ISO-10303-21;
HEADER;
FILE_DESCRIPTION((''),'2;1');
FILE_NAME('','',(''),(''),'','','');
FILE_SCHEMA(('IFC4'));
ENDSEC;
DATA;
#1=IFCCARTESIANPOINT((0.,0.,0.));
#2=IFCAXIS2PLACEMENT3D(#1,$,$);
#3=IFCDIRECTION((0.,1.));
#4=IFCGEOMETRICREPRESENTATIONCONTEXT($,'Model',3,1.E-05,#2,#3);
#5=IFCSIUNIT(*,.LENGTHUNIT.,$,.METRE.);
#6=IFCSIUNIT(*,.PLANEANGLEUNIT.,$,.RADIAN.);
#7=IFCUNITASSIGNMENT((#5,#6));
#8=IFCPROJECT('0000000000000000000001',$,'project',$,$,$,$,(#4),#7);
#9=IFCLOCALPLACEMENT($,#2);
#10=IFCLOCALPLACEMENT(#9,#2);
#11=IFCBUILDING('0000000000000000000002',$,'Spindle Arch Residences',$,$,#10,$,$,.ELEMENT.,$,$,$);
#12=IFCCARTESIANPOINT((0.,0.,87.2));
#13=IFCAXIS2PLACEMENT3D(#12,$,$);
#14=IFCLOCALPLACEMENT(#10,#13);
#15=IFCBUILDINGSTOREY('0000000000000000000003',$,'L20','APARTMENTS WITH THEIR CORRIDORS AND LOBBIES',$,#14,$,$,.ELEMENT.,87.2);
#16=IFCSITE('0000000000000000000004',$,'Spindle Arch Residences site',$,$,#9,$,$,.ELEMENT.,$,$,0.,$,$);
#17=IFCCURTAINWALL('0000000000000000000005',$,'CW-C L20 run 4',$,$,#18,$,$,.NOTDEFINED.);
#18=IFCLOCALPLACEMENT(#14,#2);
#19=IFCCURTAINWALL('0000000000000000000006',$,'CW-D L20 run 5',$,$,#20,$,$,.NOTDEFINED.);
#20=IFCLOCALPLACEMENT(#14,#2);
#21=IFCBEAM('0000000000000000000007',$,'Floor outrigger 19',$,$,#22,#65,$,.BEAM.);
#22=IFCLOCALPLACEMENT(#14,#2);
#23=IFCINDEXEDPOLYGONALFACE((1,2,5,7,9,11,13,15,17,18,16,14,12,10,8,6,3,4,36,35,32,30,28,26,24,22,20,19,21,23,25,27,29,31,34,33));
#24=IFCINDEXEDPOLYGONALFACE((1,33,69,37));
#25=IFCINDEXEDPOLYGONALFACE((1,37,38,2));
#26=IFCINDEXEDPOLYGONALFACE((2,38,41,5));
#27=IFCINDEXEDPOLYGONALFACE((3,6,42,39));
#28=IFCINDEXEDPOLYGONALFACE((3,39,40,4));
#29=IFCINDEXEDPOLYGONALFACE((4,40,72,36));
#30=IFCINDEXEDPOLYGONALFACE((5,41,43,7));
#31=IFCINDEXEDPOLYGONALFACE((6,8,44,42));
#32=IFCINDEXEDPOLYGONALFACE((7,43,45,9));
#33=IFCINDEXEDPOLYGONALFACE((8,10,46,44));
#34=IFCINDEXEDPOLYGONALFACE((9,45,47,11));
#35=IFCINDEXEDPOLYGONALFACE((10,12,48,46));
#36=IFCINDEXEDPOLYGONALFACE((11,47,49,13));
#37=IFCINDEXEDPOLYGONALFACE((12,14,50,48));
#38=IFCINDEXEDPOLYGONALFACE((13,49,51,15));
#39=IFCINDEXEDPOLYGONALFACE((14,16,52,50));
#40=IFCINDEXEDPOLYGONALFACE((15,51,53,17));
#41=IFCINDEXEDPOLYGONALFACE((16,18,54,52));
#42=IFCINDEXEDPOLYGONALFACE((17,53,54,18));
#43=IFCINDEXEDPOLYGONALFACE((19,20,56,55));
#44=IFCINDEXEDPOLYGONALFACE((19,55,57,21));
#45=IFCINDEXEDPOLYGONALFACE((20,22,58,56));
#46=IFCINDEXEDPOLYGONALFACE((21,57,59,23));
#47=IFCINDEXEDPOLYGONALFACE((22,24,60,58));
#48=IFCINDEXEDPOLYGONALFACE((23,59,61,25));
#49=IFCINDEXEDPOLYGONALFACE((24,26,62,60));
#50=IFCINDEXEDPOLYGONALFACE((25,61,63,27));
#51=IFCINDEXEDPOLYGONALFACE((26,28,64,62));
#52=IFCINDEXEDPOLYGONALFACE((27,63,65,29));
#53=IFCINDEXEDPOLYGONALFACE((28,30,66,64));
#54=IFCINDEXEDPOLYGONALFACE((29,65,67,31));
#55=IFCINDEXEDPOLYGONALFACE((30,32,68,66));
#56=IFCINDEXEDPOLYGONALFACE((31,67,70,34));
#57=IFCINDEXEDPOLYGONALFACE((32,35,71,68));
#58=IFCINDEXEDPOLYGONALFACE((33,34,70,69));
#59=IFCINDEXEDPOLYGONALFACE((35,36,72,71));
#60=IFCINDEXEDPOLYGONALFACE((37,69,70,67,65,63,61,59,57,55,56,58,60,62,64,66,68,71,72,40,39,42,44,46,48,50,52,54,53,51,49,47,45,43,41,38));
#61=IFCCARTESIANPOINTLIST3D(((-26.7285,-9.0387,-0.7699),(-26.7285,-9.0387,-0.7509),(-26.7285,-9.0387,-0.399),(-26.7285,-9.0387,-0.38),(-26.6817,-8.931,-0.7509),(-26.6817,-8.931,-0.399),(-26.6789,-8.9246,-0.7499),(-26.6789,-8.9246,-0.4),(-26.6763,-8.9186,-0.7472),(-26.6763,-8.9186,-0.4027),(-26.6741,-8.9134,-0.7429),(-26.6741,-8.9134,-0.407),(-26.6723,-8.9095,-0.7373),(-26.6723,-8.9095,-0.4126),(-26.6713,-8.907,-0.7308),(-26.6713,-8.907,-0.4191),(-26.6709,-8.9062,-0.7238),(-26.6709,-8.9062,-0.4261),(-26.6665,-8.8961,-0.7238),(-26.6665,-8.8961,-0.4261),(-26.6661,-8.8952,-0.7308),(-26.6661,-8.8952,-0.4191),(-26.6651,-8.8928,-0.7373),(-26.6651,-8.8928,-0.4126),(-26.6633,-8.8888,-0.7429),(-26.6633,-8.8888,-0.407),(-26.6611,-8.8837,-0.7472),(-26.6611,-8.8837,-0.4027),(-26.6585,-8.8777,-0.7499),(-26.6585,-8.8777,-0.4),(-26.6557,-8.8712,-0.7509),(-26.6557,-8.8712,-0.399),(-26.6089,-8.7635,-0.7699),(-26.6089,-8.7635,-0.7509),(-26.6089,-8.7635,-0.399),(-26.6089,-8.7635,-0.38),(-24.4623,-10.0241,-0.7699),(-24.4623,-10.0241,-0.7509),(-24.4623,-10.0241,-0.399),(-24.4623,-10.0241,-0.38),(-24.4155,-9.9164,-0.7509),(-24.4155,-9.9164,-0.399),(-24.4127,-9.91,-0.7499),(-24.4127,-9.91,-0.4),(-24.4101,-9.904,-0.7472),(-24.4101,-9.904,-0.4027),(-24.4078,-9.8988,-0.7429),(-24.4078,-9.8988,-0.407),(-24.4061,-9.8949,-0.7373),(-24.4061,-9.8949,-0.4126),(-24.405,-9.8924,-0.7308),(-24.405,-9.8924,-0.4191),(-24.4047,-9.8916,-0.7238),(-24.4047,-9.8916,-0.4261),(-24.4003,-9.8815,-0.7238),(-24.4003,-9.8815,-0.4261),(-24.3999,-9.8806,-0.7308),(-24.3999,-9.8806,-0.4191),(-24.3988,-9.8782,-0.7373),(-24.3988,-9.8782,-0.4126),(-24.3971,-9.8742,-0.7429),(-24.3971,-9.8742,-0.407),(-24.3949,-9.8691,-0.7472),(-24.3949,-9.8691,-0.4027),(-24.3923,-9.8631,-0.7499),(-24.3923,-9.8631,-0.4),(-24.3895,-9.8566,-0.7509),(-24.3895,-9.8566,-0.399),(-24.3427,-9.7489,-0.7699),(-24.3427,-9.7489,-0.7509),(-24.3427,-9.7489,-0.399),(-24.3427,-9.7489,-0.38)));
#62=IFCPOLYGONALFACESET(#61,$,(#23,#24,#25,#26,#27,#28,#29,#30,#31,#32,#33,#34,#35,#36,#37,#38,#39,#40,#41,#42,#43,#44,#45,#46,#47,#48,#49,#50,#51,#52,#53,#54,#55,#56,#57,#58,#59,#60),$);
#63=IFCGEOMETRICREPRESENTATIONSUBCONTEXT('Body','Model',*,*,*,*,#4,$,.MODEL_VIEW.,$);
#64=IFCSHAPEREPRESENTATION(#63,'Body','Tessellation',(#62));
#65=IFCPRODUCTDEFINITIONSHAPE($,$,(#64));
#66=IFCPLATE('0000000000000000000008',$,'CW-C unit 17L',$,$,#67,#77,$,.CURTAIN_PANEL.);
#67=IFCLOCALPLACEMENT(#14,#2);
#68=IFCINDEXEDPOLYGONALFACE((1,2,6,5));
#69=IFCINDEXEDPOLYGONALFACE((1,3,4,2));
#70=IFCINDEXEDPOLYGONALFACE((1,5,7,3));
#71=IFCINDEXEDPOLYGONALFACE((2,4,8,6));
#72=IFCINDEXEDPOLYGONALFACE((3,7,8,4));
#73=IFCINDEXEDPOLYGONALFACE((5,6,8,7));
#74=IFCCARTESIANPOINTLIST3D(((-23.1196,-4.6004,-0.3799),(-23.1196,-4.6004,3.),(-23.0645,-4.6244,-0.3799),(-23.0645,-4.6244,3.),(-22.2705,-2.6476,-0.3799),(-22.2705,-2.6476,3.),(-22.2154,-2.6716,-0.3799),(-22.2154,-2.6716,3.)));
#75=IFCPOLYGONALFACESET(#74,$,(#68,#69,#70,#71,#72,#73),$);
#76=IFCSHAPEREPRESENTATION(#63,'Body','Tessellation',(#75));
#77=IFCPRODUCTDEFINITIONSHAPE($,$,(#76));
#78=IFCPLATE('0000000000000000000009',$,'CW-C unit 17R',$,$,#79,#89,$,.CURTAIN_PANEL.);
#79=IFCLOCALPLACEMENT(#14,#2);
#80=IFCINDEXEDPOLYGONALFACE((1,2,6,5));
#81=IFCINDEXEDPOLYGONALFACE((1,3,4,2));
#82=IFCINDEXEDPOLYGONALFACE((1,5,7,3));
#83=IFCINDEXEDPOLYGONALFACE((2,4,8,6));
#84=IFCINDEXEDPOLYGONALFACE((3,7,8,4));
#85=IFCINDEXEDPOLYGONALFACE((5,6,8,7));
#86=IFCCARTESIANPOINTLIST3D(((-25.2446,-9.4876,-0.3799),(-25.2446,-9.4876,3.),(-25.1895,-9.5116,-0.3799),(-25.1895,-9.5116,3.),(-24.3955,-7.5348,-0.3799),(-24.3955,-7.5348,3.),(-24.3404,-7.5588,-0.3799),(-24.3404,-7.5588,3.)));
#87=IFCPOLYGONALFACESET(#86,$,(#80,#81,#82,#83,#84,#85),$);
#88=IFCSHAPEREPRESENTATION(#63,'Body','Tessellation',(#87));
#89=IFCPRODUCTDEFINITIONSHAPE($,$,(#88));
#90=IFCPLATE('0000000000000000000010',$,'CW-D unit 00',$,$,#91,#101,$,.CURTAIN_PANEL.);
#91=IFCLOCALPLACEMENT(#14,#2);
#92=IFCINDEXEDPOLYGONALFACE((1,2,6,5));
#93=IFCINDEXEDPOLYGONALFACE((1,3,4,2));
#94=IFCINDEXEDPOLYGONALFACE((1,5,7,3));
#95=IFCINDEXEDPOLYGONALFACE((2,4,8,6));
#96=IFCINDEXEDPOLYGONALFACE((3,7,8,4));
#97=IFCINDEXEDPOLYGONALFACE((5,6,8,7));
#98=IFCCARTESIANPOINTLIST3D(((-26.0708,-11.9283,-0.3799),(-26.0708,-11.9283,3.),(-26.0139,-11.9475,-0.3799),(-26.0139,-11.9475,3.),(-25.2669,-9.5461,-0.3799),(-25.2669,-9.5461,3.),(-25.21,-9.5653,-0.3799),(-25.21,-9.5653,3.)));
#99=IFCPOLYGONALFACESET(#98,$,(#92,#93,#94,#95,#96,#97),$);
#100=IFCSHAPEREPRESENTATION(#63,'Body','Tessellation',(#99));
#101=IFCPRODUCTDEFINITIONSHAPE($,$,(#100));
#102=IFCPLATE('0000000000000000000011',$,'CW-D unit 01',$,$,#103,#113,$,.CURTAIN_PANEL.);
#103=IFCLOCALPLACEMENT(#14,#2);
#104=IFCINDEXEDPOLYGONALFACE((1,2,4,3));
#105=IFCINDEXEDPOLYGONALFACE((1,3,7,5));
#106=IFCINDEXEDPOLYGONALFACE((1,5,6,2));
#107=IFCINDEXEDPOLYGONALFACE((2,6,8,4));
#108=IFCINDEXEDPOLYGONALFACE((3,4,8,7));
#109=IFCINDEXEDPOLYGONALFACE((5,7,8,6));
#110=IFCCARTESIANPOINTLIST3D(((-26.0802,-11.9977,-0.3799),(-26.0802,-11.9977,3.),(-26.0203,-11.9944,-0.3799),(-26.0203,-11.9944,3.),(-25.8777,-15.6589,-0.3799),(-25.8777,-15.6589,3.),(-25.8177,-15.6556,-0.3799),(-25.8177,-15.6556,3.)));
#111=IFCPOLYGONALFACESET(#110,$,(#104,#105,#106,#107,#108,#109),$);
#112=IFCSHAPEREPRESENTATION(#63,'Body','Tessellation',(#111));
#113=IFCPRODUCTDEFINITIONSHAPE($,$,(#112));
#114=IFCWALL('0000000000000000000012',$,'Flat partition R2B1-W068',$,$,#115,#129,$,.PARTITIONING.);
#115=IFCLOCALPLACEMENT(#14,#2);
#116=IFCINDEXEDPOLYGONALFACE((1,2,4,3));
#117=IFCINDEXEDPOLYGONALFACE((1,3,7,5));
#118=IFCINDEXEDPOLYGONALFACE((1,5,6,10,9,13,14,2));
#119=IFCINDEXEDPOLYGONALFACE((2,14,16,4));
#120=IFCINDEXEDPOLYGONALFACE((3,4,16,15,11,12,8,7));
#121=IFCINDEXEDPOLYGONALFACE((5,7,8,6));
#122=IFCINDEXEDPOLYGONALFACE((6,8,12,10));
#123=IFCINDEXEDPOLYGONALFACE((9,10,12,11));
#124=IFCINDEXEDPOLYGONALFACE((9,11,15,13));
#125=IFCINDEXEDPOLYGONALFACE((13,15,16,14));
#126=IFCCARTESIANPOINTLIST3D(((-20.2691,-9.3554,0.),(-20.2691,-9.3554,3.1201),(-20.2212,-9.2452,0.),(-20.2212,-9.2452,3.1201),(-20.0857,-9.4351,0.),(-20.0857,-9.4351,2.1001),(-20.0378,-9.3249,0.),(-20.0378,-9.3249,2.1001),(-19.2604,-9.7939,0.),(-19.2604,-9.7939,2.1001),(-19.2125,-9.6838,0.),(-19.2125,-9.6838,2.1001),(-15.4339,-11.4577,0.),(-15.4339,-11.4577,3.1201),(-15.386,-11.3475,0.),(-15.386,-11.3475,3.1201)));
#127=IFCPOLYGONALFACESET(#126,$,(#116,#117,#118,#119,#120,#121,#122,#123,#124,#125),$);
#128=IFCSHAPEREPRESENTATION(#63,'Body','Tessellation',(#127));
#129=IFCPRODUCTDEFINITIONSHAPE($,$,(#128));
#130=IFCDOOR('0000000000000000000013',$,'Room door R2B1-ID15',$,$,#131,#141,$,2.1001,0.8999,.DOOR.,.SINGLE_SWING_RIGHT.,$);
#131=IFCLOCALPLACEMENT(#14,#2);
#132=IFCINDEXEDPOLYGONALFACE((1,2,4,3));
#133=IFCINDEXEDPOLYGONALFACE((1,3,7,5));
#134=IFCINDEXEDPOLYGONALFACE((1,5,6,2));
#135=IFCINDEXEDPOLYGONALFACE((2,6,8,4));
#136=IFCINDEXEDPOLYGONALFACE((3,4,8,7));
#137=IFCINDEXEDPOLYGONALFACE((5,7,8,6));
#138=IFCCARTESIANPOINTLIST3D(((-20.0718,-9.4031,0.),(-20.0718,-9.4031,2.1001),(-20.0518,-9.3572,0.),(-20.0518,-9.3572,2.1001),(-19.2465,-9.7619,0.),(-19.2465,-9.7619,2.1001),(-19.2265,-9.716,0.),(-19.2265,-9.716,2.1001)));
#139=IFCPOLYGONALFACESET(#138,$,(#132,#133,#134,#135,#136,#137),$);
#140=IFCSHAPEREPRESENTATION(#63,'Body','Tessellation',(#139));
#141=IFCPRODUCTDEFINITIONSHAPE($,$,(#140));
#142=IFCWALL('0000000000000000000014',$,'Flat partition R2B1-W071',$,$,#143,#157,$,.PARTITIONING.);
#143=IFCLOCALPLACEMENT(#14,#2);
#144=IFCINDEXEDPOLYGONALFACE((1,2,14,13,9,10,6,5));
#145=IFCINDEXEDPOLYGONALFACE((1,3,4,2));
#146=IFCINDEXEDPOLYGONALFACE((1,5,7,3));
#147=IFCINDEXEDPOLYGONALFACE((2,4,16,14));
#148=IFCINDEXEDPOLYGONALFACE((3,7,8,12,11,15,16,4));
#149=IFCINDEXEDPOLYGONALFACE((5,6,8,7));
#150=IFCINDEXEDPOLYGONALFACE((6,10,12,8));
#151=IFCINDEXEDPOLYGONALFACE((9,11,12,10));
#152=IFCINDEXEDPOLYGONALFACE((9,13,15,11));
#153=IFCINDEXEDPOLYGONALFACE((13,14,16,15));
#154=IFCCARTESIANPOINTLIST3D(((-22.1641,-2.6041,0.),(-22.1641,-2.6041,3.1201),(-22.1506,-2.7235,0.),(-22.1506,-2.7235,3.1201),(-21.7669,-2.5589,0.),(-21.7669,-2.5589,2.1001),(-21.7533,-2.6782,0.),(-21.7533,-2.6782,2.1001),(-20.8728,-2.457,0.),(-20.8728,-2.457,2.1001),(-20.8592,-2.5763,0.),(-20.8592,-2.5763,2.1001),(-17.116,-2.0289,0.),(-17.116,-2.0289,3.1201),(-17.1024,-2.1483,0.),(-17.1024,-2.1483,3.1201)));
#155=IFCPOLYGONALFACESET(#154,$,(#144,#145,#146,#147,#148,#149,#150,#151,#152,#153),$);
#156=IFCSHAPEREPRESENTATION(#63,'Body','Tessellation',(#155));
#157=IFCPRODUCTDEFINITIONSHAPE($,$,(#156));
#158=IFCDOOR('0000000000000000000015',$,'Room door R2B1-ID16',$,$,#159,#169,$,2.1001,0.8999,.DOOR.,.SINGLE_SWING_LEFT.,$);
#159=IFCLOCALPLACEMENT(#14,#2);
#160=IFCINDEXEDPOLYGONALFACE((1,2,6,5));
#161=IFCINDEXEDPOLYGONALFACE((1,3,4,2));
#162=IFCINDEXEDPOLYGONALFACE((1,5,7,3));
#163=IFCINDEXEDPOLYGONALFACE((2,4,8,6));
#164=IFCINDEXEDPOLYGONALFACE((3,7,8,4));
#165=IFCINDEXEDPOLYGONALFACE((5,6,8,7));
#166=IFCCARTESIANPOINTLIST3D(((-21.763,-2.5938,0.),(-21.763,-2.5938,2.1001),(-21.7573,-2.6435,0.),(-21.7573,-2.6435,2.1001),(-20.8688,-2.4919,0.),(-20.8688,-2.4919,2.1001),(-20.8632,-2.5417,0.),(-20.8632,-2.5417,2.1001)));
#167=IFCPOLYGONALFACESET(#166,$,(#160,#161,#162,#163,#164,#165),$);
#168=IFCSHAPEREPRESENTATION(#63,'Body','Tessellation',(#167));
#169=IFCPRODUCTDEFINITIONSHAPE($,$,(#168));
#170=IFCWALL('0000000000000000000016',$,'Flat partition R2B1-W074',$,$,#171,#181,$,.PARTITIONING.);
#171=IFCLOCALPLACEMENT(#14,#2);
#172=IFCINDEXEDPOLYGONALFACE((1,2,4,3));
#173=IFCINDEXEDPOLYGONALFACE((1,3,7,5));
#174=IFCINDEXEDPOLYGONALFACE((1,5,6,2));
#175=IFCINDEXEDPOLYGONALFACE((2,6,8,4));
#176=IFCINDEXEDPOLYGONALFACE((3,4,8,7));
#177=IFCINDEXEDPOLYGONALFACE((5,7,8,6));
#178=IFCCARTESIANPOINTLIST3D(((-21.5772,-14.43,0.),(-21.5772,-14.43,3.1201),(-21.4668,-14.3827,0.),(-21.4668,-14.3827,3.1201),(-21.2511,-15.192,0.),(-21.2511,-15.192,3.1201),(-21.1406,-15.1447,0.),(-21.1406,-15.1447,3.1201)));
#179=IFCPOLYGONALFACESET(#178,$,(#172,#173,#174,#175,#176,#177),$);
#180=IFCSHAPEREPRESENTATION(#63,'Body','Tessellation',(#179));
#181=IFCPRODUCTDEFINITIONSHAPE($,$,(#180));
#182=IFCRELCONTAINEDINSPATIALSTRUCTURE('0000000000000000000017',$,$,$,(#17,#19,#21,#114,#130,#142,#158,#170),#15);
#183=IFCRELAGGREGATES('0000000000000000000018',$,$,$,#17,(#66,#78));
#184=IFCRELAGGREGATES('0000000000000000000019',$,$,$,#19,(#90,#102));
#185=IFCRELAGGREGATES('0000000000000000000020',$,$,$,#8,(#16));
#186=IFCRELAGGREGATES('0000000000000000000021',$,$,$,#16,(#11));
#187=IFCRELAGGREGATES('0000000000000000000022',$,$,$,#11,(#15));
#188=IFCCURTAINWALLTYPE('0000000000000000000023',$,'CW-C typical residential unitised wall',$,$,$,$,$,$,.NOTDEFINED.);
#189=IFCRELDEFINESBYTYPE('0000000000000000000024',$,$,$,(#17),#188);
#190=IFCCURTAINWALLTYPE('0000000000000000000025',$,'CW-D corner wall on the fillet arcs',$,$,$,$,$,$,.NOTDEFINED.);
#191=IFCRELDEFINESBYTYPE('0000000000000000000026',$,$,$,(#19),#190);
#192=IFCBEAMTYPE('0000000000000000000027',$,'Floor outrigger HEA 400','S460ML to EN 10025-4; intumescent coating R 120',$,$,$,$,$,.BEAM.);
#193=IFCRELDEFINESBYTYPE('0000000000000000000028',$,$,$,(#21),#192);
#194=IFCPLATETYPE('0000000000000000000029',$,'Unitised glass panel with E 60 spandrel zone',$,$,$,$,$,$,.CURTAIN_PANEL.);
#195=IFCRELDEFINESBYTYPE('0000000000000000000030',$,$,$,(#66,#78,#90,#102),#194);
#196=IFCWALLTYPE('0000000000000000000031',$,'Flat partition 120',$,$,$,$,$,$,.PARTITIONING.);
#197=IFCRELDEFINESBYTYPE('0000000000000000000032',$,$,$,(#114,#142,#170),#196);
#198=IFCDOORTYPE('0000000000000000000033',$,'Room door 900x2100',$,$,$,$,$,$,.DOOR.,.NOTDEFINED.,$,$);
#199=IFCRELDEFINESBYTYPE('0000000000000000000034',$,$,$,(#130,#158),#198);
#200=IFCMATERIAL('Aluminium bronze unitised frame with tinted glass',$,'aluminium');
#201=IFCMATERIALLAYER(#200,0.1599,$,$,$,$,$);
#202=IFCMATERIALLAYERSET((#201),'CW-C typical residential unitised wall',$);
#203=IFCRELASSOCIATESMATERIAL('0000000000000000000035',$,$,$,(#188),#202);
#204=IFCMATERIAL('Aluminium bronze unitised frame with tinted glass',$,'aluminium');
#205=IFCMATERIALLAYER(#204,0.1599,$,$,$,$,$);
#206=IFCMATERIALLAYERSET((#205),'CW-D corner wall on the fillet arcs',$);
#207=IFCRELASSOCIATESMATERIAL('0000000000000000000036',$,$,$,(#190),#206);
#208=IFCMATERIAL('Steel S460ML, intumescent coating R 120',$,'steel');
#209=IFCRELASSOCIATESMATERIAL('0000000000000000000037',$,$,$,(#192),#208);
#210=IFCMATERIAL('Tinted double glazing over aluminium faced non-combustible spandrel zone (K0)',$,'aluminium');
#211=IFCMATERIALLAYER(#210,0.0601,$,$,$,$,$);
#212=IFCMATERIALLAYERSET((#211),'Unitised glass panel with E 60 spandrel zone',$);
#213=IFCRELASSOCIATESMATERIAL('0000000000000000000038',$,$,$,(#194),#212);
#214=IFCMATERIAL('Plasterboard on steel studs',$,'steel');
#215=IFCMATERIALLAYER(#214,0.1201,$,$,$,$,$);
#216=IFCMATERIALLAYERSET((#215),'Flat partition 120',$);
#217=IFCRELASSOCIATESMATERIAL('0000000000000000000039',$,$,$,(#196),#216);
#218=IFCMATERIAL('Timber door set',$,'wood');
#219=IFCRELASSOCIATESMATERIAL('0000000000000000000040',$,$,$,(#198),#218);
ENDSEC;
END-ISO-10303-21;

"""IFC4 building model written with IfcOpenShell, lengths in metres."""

from ifc_helpers import new_model, si_unit, direction, frame, frame_2d, origin, origin_2d, place, context, subcontext, project, spatial, rectangle, i_section, extrude, material, layer, layer_set, material_profile, profile_set, type_object, element, fill, aggregate, save


model = new_model("IFC4")

# Units and contexts
model_context = context("Model", 3, precision=1e-05, world=origin(), true_north=direction((0.0, 1.0)))
body_context = subcontext(model_context, "Body", "Model", "MODEL_VIEW")
ifc_project = project(units=[si_unit("LENGTHUNIT", "METRE"), si_unit("PLANEANGLEUNIT", "RADIAN")], contexts=[model_context])

# Site, building, storey
site_placement = place(None, origin())
site = spatial("IfcSite", under=ifc_project, at=site_placement, Name="Spindle Arch Residences site", CompositionType="ELEMENT", RefElevation=0.0)
building_placement = place(site_placement, origin())
building = spatial("IfcBuilding", under=site, at=building_placement, Name="Spindle Arch Residences", CompositionType="ELEMENT")
storey_placement = place(building_placement, frame((0.0, 0.0, 87.2)))
storey = spatial("IfcBuildingStorey", under=building, at=storey_placement, Name="L20", Description="APARTMENTS WITH THEIR CORRIDORS AND LOBBIES", CompositionType="ELEMENT", Elevation=87.2)

# Curtain wall
ifc_material_1 = material(Name="Aluminium bronze unitised frame with tinted glass", Category="aluminium")
ifc_layer_1 = layer(ifc_material_1, 0.1599)
ifc_layer_set_1 = layer_set([ifc_layer_1], Name="CW-C typical residential unitised wall")
curtain_wall_type_1 = type_object("IfcCurtainWallType", Name="CW-C typical residential unitised wall", PredefinedType="NOTDEFINED", material=ifc_layer_set_1)
curtain_wall_1_placement = place(storey_placement, origin())
curtain_wall_1 = element("IfcCurtainWall", 1, at=curtain_wall_1_placement, inside=storey, type_object=curtain_wall_type_1, Name="CW-C L20 run 4", PredefinedType="NOTDEFINED")

# Curtain wall
ifc_material_2 = material(Name="Aluminium bronze unitised frame with tinted glass", Category="aluminium")
ifc_layer_2 = layer(ifc_material_2, 0.1599)
ifc_layer_set_2 = layer_set([ifc_layer_2], Name="CW-D corner wall on the fillet arcs")
curtain_wall_type_2 = type_object("IfcCurtainWallType", Name="CW-D corner wall on the fillet arcs", PredefinedType="NOTDEFINED", material=ifc_layer_set_2)
curtain_wall_2_placement = place(storey_placement, origin())
curtain_wall_2 = element("IfcCurtainWall", 2, at=curtain_wall_2_placement, inside=storey, type_object=curtain_wall_type_2, Name="CW-D L20 run 5", PredefinedType="NOTDEFINED")

# Beam
ifc_material_3 = material(Name="Steel S460ML, intumescent coating R 120", Category="steel")
ifc_material_profile_1 = material_profile(ifc_material_3, i_section(OverallWidth=0.3, OverallDepth=0.3899, WebThickness=0.011, FlangeThickness=0.019, FilletRadius=0.0271, at=origin_2d()), Name="HEA 400")
ifc_profile_set_1 = profile_set([ifc_material_profile_1], Name="Steel S460ML, intumescent coating R 120")
beam_type_1 = type_object("IfcBeamType", Name="Floor outrigger HEA 400", Description="S460ML to EN 10025-4; intumescent coating R 120", PredefinedType="BEAM", material=ifc_profile_set_1)
beam_1_placement = place(storey_placement, frame((-26.6687, -8.9011, -0.575), z_axis=(0.917057, -0.398755, 0.0), x_axis=(0.398755, 0.917057, 0.0)))
element("IfcBeam", 3, at=beam_1_placement, inside=storey, type_object=beam_type_1, Name="Floor outrigger 19", PredefinedType="BEAM", context=body_context, shape_type="SweptSolid", body=[
    extrude(i_section(OverallWidth=0.3, OverallDepth=0.3899, WebThickness=0.011, FlangeThickness=0.019, FilletRadius=0.0271, at=origin_2d()), origin(), (0.0, 0.0, 1.0), 2.4712),
])

# Plates
ifc_material_4 = material(Name="Tinted double glazing over aluminium faced non-combustible spandrel zone (K0)", Category="aluminium")
ifc_layer_3 = layer(ifc_material_4, 0.0601)
ifc_layer_set_3 = layer_set([ifc_layer_3], Name="Unitised glass panel with E 60 spandrel zone")
plate_type = type_object("IfcPlateType", Name="Unitised glass panel with E 60 spandrel zone", PredefinedType="CURTAIN_PANEL", material=ifc_layer_set_3)
plate_1_placement = place(storey_placement, frame((-22.6675, -3.636, -0.3799), z_axis=(0.0, 0.0, 1.0), x_axis=(-0.398749, -0.91706, 0.0)))
plate_1 = element("IfcPlate", 4, at=plate_1_placement, type_object=plate_type, Name="CW-C unit 17L", PredefinedType="CURTAIN_PANEL", context=body_context, shape_type="SweptSolid", body=[
    extrude(rectangle(XDim=2.1294, YDim=0.0601, at=origin_2d()), origin(), (0.0, 0.0, 1.0), 3.3799),
])
plate_2_placement = place(storey_placement, frame((-24.7925, -8.5232, -0.3799), z_axis=(0.0, 0.0, 1.0), x_axis=(-0.398749, -0.91706, 0.0)))
plate_2 = element("IfcPlate", 5, at=plate_2_placement, type_object=plate_type, Name="CW-C unit 17R", PredefinedType="CURTAIN_PANEL", context=body_context, shape_type="SweptSolid", body=[
    extrude(rectangle(XDim=2.1294, YDim=0.0601, at=origin_2d()), origin(), (0.0, 0.0, 1.0), 3.3799),
])
aggregate(curtain_wall_1, [plate_1, plate_2])
plate_3_placement = place(storey_placement, frame((-25.6404, -10.7468, -0.3799), z_axis=(0.0, 0.0, 1.0), x_axis=(-0.319727, -0.94751, 0.0)))
plate_3 = element("IfcPlate", 6, at=plate_3_placement, type_object=plate_type, Name="CW-D unit 00", PredefinedType="CURTAIN_PANEL", context=body_context, shape_type="SweptSolid", body=[
    extrude(rectangle(XDim=2.5142, YDim=0.0601, at=origin_2d()), origin(), (0.0, 0.0, 1.0), 3.3799),
])
plate_4_placement = place(storey_placement, frame((-25.949, -13.8267, -0.3799), z_axis=(0.0, 0.0, 1.0), x_axis=(0.055241, -0.998473, 0.0)))
plate_4 = element("IfcPlate", 7, at=plate_4_placement, type_object=plate_type, Name="CW-D unit 01", PredefinedType="CURTAIN_PANEL", context=body_context, shape_type="SweptSolid", body=[
    extrude(rectangle(XDim=3.6667, YDim=0.0601, at=origin_2d()), origin(), (0.0, 0.0, 1.0), 3.3799),
])
aggregate(curtain_wall_2, [plate_3, plate_4])

# Walls, openings, doors
ifc_material_5 = material(Name="Plasterboard on steel studs", Category="steel")
ifc_layer_4 = layer(ifc_material_5, 0.1201)
ifc_layer_set_4 = layer_set([ifc_layer_4], Name="Flat partition 120")
wall_type_1 = type_object("IfcWallType", Name="Flat partition 120", PredefinedType="PARTITIONING", material=ifc_layer_set_4)
wall_1_placement = place(storey_placement, frame((-20.2451, -9.3003, 0.0), z_axis=(0.0, 0.0, 1.0), x_axis=(0.917068, -0.398731, 0.0)))
wall_1 = element("IfcWall", 8, at=wall_1_placement, inside=storey, type_object=wall_type_1, Name="Flat partition R2B1-W068", PredefinedType="PARTITIONING", context=body_context, shape_type="SweptSolid", body=[
    extrude(rectangle(XDim=5.2725, YDim=0.1201, at=frame_2d((2.6362, 0.0))), origin(), (0.0, 0.0, 1.0), 3.1201),
])
opening_1_placement = place(wall_1_placement, frame((0.2, 0.0, 0.0)))
opening_1 = element("IfcOpeningElement", 9, at=opening_1_placement, cuts=wall_1, PredefinedType="OPENING", context=body_context, shape_type="SweptSolid", body=[
    extrude(rectangle(XDim=0.8999, YDim=2.1001, at=frame_2d((0.45, 1.05))), frame((0.0, 0.0701, 0.0), z_axis=(0.0, -1.0, 0.0), x_axis=(1.0, 0.0, 0.0)), (0.0, 0.0, 1.0), 0.1401),
])
ifc_material_6 = material(Name="Timber door set", Category="wood")
door_type_1 = type_object("IfcDoorType", Name="Room door 900x2100", OperationType="NOTDEFINED", PredefinedType="DOOR", material=ifc_material_6)
door_1_placement = place(opening_1_placement, origin())
door_1 = element("IfcDoor", 10, at=door_1_placement, inside=storey, type_object=door_type_1, Name="Room door R2B1-ID15", OperationType="SINGLE_SWING_RIGHT", OverallHeight=2.1001, OverallWidth=0.8999, PredefinedType="DOOR", context=body_context, shape_type="SweptSolid", body=[
    extrude(rectangle(XDim=0.8999, YDim=2.1001, at=frame_2d((0.45, 1.05))), frame((0.0, 0.0249, 0.0), z_axis=(0.0, -1.0, 0.0), x_axis=(1.0, 0.0, 0.0)), (0.0, 0.0, 1.0), 0.05),
])
fill(opening_1, door_1)
wall_2_placement = place(storey_placement, frame((-22.1575, -2.6638, 0.0), z_axis=(0.0, 0.0, 1.0), x_axis=(0.993571, 0.11321, 0.0)))
wall_2 = element("IfcWall", 11, at=wall_2_placement, inside=storey, type_object=wall_type_1, Name="Flat partition R2B1-W071", PredefinedType="PARTITIONING", context=body_context, shape_type="SweptSolid", body=[
    extrude(rectangle(XDim=5.0808, YDim=0.1201, at=frame_2d((2.5405, 0.0))), origin(), (0.0, 0.0, 1.0), 3.1201),
])
opening_2_placement = place(wall_2_placement, frame((0.3999, 0.0, 0.0)))
opening_2 = element("IfcOpeningElement", 12, at=opening_2_placement, cuts=wall_2, PredefinedType="OPENING", context=body_context, shape_type="SweptSolid", body=[
    extrude(rectangle(XDim=0.8999, YDim=2.1001, at=frame_2d((0.45, 1.05))), frame((0.0, 0.0701, 0.0), z_axis=(0.0, -1.0, 0.0), x_axis=(1.0, 0.0, 0.0)), (0.0, 0.0, 1.0), 0.1401),
])
door_2_placement = place(opening_2_placement, origin())
door_2 = element("IfcDoor", 13, at=door_2_placement, inside=storey, type_object=door_type_1, Name="Room door R2B1-ID16", OperationType="SINGLE_SWING_LEFT", OverallHeight=2.1001, OverallWidth=0.8999, PredefinedType="DOOR", context=body_context, shape_type="SweptSolid", body=[
    extrude(rectangle(XDim=0.8999, YDim=2.1001, at=frame_2d((0.45, 1.05))), frame((0.0, 0.0249, 0.0), z_axis=(0.0, -1.0, 0.0), x_axis=(1.0, 0.0, 0.0)), (0.0, 0.0, 1.0), 0.05),
])
fill(opening_2, door_2)

# Wall
wall_3_placement = place(storey_placement, frame((-21.1958, -15.1685, 0.0), z_axis=(0.0, 0.0, 1.0), x_axis=(-0.393528, 0.919313, 0.0)))
element("IfcWall", 14, at=wall_3_placement, inside=storey, type_object=wall_type_1, Name="Flat partition R2B1-W074", PredefinedType="PARTITIONING", context=body_context, shape_type="SweptSolid", body=[
    extrude(rectangle(XDim=0.8289, YDim=0.1201, at=frame_2d((0.4146, 0.0))), origin(), (0.0, 0.0, 1.0), 3.1201),
])

save(model, "model.ifc")
